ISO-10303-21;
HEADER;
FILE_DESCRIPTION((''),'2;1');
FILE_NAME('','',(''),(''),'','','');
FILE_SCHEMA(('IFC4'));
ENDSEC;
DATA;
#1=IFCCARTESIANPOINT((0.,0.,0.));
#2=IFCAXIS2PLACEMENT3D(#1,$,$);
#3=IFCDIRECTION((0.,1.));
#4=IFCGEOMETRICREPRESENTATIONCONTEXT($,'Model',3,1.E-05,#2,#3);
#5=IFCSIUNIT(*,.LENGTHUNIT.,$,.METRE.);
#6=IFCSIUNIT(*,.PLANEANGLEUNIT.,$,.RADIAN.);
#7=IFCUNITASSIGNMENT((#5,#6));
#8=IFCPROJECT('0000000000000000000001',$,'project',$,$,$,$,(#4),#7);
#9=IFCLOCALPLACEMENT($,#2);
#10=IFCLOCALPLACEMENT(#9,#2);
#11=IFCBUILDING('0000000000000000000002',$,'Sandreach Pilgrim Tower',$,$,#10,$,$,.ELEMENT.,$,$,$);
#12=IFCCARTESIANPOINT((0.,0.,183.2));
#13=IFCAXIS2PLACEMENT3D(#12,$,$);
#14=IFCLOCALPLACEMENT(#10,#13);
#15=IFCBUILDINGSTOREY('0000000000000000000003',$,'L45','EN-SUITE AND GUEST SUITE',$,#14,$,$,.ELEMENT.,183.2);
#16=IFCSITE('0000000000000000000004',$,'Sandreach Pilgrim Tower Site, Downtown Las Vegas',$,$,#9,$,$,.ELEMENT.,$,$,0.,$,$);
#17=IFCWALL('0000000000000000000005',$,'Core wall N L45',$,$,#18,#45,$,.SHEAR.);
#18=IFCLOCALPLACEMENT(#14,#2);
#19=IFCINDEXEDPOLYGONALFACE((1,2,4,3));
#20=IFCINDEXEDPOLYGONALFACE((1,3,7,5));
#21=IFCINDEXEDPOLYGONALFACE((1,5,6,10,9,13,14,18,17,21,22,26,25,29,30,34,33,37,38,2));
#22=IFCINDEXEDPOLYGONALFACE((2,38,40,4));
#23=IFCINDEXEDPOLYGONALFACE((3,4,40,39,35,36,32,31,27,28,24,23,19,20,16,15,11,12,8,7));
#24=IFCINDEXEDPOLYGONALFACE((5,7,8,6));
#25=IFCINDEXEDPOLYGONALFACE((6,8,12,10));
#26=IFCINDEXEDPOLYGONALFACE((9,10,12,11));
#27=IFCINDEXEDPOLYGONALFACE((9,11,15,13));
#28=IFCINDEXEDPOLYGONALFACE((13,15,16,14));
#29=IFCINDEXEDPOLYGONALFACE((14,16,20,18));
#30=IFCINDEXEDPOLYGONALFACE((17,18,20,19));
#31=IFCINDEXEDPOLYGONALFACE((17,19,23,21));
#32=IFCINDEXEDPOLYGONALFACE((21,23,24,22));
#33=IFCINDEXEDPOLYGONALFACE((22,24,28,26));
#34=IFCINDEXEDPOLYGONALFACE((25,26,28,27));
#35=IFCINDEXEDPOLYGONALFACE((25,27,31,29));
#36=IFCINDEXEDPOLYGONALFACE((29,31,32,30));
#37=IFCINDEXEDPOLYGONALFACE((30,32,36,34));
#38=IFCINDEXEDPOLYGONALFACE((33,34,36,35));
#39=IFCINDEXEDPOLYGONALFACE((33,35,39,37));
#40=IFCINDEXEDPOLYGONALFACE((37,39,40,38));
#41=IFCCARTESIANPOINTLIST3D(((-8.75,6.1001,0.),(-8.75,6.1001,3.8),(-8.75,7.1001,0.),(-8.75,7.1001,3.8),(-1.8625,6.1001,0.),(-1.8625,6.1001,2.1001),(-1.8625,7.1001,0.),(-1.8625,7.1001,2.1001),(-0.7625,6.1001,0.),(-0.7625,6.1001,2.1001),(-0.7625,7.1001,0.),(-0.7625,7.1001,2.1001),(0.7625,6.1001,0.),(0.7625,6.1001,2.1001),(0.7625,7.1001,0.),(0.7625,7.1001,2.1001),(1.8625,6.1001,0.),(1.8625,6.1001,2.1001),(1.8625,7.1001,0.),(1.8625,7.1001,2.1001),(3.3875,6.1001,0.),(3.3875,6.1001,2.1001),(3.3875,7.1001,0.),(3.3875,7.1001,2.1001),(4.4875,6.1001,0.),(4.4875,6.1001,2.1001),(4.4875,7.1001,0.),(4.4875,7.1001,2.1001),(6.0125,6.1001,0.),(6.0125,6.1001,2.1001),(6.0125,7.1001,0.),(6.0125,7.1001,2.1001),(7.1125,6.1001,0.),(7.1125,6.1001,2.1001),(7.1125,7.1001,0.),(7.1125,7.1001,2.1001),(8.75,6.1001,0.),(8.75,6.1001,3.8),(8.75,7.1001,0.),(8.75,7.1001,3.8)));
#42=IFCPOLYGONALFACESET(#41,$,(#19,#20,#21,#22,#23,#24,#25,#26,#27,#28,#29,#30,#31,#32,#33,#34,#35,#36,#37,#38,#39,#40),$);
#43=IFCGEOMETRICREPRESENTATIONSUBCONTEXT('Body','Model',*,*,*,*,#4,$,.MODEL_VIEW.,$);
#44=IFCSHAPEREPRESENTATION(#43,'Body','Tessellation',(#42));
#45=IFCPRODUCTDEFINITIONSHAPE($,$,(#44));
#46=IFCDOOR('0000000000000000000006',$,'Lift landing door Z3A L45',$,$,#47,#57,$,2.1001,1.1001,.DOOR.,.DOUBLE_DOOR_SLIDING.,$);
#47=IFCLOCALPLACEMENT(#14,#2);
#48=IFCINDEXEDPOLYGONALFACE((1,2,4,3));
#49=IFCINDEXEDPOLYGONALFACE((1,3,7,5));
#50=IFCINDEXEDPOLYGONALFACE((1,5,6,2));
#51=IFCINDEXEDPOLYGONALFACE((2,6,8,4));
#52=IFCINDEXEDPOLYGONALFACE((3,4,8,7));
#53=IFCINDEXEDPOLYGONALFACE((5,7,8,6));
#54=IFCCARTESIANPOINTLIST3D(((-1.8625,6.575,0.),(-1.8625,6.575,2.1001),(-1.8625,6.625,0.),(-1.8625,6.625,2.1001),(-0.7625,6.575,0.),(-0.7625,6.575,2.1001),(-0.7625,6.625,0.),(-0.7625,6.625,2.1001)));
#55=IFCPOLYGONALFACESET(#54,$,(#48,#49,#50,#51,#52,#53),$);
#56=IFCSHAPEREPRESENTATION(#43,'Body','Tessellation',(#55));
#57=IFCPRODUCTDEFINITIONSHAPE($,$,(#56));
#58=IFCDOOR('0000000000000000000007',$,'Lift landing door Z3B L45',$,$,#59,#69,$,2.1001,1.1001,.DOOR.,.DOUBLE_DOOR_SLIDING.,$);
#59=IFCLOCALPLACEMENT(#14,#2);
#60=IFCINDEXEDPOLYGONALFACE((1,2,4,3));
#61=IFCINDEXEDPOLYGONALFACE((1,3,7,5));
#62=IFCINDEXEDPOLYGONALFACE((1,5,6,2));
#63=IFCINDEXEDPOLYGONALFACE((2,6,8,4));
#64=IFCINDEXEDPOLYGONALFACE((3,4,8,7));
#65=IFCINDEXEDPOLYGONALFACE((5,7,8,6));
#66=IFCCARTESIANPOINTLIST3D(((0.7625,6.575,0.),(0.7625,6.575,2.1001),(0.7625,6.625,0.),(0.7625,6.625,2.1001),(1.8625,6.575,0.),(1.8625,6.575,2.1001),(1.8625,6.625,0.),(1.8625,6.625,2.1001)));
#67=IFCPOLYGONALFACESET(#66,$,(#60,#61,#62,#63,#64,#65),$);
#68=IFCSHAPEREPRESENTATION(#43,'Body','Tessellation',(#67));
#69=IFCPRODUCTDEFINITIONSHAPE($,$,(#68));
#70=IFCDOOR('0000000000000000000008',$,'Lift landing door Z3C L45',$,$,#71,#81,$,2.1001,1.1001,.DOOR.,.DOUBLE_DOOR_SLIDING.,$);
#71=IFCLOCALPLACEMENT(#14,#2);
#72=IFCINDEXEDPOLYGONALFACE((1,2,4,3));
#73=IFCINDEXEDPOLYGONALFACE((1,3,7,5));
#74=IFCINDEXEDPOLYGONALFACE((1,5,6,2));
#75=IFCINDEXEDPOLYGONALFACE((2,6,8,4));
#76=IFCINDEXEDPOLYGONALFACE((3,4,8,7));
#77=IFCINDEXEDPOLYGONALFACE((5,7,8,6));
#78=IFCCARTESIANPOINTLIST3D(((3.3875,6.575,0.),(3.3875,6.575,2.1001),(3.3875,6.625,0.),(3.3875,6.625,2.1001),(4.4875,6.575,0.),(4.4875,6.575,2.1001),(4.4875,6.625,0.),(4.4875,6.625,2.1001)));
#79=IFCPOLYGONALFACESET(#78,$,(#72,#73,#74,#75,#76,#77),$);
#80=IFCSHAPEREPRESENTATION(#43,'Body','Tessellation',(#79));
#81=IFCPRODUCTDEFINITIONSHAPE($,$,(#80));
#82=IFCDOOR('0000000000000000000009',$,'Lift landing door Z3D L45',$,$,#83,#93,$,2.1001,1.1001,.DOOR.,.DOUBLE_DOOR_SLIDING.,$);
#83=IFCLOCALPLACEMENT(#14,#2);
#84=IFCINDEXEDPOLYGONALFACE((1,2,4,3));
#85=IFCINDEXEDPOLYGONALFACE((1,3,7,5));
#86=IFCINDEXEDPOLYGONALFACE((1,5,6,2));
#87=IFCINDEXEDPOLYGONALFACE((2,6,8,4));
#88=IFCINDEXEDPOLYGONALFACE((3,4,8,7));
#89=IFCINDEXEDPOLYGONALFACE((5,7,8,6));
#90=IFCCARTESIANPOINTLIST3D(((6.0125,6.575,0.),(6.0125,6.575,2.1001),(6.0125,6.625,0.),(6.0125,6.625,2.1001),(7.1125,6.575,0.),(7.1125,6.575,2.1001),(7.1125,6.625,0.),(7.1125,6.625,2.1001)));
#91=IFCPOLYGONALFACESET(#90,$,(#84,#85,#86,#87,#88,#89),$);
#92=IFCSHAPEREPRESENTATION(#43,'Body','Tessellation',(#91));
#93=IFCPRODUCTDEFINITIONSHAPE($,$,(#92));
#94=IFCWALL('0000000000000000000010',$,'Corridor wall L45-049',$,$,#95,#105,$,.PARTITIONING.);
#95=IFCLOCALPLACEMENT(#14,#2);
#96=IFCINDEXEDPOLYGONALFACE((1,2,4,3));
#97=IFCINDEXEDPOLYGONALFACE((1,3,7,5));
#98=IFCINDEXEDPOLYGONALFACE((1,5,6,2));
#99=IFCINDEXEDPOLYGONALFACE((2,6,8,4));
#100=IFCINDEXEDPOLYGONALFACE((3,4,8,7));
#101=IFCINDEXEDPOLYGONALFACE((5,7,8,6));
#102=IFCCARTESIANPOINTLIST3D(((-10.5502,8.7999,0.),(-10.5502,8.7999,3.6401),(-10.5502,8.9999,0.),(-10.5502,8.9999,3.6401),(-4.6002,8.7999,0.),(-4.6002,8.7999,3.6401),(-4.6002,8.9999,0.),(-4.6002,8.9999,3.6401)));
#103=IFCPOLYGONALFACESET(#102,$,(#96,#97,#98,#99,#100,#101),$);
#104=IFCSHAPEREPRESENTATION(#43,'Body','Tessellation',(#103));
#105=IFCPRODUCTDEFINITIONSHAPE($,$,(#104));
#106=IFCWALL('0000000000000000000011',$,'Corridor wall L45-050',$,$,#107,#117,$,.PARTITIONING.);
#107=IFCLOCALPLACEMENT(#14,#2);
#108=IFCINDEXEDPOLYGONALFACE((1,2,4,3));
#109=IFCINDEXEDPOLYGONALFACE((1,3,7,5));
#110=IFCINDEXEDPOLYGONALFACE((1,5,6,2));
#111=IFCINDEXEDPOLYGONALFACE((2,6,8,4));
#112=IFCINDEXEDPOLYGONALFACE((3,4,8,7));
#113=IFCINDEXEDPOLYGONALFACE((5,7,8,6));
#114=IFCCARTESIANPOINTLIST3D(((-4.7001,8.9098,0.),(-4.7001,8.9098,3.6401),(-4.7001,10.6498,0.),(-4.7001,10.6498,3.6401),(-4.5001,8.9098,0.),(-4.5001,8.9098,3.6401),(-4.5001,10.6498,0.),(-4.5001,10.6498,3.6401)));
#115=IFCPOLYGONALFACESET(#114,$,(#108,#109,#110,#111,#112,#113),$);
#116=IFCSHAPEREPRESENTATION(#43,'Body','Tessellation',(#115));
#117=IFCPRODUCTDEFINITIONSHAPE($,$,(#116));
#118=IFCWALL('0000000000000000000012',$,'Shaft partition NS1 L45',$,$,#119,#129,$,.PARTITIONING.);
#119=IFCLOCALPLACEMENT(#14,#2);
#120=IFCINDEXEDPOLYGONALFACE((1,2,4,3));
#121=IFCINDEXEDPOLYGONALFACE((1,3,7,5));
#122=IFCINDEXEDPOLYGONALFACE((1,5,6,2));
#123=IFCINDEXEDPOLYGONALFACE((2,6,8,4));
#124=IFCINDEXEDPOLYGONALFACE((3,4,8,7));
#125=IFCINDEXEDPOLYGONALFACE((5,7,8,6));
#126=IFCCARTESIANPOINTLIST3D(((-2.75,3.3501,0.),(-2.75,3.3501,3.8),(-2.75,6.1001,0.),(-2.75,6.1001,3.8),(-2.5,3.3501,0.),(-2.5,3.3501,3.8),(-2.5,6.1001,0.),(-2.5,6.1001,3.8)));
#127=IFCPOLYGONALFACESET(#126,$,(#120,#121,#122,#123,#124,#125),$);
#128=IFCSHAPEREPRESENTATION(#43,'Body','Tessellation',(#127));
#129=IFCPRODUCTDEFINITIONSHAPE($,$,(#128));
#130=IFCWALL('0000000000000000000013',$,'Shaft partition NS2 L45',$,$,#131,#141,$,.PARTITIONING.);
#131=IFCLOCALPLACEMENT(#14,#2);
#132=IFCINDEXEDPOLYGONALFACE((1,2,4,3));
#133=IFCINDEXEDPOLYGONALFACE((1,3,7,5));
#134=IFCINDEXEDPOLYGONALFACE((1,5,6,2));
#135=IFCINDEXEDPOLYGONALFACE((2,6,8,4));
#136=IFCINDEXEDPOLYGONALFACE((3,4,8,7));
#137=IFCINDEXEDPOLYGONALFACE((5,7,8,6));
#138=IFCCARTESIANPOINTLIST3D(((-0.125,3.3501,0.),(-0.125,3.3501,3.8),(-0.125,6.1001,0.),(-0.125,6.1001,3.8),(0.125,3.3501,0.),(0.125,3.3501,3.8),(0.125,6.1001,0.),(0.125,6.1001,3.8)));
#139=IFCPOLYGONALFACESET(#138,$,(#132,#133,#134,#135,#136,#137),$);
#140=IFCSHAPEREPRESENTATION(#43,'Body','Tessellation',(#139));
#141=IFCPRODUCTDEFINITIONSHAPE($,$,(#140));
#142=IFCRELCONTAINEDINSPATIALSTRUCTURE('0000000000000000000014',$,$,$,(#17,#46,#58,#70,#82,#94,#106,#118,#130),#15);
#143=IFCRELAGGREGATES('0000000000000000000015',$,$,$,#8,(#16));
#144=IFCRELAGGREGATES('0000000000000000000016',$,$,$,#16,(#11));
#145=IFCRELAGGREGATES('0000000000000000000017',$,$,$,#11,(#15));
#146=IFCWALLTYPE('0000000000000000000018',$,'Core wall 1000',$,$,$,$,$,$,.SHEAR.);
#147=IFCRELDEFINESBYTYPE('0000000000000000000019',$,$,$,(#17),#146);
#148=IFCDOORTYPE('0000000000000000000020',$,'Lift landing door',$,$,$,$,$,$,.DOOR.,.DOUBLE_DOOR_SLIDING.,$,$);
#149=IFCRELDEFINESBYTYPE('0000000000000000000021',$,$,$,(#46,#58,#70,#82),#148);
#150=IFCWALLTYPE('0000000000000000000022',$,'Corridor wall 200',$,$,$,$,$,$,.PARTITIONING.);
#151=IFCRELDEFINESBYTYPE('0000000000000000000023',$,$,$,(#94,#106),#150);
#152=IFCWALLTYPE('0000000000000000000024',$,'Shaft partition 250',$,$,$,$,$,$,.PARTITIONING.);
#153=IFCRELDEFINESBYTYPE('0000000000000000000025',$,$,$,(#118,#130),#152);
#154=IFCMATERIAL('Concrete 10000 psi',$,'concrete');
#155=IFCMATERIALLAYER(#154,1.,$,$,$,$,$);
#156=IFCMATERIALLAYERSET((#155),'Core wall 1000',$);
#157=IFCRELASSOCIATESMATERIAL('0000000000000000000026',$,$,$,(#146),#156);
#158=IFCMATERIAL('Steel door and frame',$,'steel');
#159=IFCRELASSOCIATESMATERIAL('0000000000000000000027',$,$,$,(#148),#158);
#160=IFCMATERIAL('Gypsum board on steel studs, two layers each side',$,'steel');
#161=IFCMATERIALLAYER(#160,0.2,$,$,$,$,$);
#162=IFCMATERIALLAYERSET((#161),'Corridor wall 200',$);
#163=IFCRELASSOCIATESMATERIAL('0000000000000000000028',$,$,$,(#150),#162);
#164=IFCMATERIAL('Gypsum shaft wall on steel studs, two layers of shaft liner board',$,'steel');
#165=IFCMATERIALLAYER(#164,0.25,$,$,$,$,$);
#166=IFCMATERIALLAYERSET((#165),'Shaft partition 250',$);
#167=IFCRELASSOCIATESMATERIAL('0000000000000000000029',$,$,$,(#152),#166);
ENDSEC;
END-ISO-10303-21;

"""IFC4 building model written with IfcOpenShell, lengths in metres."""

from ifc_helpers import new_model, si_unit, direction, frame, frame_2d, origin, place, context, subcontext, project, spatial, rectangle, extrude, material, layer, layer_set, type_object, element, fill, save


model = new_model("IFC4")

# Units and contexts
model_context = context("Model", 3, precision=1e-05, world=origin(), true_north=direction((0.0, 1.0)))
body_context = subcontext(model_context, "Body", "Model", "MODEL_VIEW")
ifc_project = project(units=[si_unit("LENGTHUNIT", "METRE"), si_unit("PLANEANGLEUNIT", "RADIAN")], contexts=[model_context])

# Site, building, storey
site_placement = place(None, origin())
site = spatial("IfcSite", under=ifc_project, at=site_placement, Name="Sandreach Pilgrim Tower Site, Downtown Las Vegas", CompositionType="ELEMENT", RefElevation=0.0)
building_placement = place(site_placement, origin())
building = spatial("IfcBuilding", under=site, at=building_placement, Name="Sandreach Pilgrim Tower", CompositionType="ELEMENT")
storey_placement = place(building_placement, frame((0.0, 0.0, 183.2)))
storey = spatial("IfcBuildingStorey", under=building, at=storey_placement, Name="L45", Description="EN-SUITE AND GUEST SUITE", CompositionType="ELEMENT", Elevation=183.2)

# Wall, openings, doors
ifc_material_1 = material(Name="Concrete 10000 psi", Category="concrete")
ifc_layer_1 = layer(ifc_material_1, 1.0)
ifc_layer_set_1 = layer_set([ifc_layer_1], Name="Core wall 1000")
wall_type_1 = type_object("IfcWallType", Name="Core wall 1000", PredefinedType="SHEAR", material=ifc_layer_set_1)
wall_1_placement = place(storey_placement, frame((-8.75, 6.6001, 0.0), z_axis=(0.0, 0.0, 1.0), x_axis=(1.0, 0.0, 0.0)))
wall_1 = element("IfcWall", 1, at=wall_1_placement, inside=storey, type_object=wall_type_1, Name="Core wall N L45", PredefinedType="SHEAR", context=body_context, shape_type="SweptSolid", body=[
    extrude(rectangle(XDim=17.5, YDim=1.0, at=frame_2d((8.75, 0.0))), origin(), (0.0, 0.0, 1.0), 3.8),
])
opening_1_placement = place(wall_1_placement, frame((6.8875, 0.0, 0.0)))
opening_1 = element("IfcOpeningElement", 2, at=opening_1_placement, cuts=wall_1, PredefinedType="OPENING", context=body_context, shape_type="SweptSolid", body=[
    extrude(rectangle(XDim=1.1001, YDim=2.1001, at=frame_2d((0.55, 1.05))), frame((0.0, 0.5, 0.0), z_axis=(0.0, -1.0, 0.0), x_axis=(1.0, 0.0, 0.0)), (0.0, 0.0, 1.0), 1.0),
])
opening_2_placement = place(wall_1_placement, frame((9.5125, 0.0, 0.0)))
opening_2 = element("IfcOpeningElement", 3, at=opening_2_placement, cuts=wall_1, PredefinedType="OPENING", context=body_context, shape_type="SweptSolid", body=[
    extrude(rectangle(XDim=1.1001, YDim=2.1001, at=frame_2d((0.55, 1.05))), frame((0.0, 0.5, 0.0), z_axis=(0.0, -1.0, 0.0), x_axis=(1.0, 0.0, 0.0)), (0.0, 0.0, 1.0), 1.0),
])
opening_3_placement = place(wall_1_placement, frame((12.1375, 0.0, 0.0)))
opening_3 = element("IfcOpeningElement", 4, at=opening_3_placement, cuts=wall_1, PredefinedType="OPENING", context=body_context, shape_type="SweptSolid", body=[
    extrude(rectangle(XDim=1.1001, YDim=2.1001, at=frame_2d((0.55, 1.05))), frame((0.0, 0.5, 0.0), z_axis=(0.0, -1.0, 0.0), x_axis=(1.0, 0.0, 0.0)), (0.0, 0.0, 1.0), 1.0),
])
opening_4_placement = place(wall_1_placement, frame((14.7625, 0.0, 0.0)))
opening_4 = element("IfcOpeningElement", 5, at=opening_4_placement, cuts=wall_1, PredefinedType="OPENING", context=body_context, shape_type="SweptSolid", body=[
    extrude(rectangle(XDim=1.1001, YDim=2.1001, at=frame_2d((0.55, 1.05))), frame((0.0, 0.5, 0.0), z_axis=(0.0, -1.0, 0.0), x_axis=(1.0, 0.0, 0.0)), (0.0, 0.0, 1.0), 1.0),
])
ifc_material_2 = material(Name="Steel door and frame", Category="steel")
door_type_1 = type_object("IfcDoorType", Name="Lift landing door", OperationType="DOUBLE_DOOR_SLIDING", PredefinedType="DOOR", material=ifc_material_2)
door_1_placement = place(opening_1_placement, origin())
door_1 = element("IfcDoor", 6, at=door_1_placement, inside=storey, type_object=door_type_1, Name="Lift landing door Z3A L45", OperationType="DOUBLE_DOOR_SLIDING", OverallHeight=2.1001, OverallWidth=1.1001, PredefinedType="DOOR", context=body_context, shape_type="SweptSolid", body=[
    extrude(rectangle(XDim=1.1001, YDim=2.1001, at=frame_2d((0.55, 1.05))), frame((0.0, 0.0249, 0.0), z_axis=(0.0, -1.0, 0.0), x_axis=(1.0, 0.0, 0.0)), (0.0, 0.0, 1.0), 0.05),
])
fill(opening_1, door_1)
door_2_placement = place(opening_2_placement, origin())
door_2 = element("IfcDoor", 7, at=door_2_placement, inside=storey, type_object=door_type_1, Name="Lift landing door Z3B L45", OperationType="DOUBLE_DOOR_SLIDING", OverallHeight=2.1001, OverallWidth=1.1001, PredefinedType="DOOR", context=body_context, shape_type="SweptSolid", body=[
    extrude(rectangle(XDim=1.1001, YDim=2.1001, at=frame_2d((0.55, 1.05))), frame((0.0, 0.0249, 0.0), z_axis=(0.0, -1.0, 0.0), x_axis=(1.0, 0.0, 0.0)), (0.0, 0.0, 1.0), 0.05),
])
fill(opening_2, door_2)
door_3_placement = place(opening_3_placement, origin())
door_3 = element("IfcDoor", 8, at=door_3_placement, inside=storey, type_object=door_type_1, Name="Lift landing door Z3C L45", OperationType="DOUBLE_DOOR_SLIDING", OverallHeight=2.1001, OverallWidth=1.1001, PredefinedType="DOOR", context=body_context, shape_type="SweptSolid", body=[
    extrude(rectangle(XDim=1.1001, YDim=2.1001, at=frame_2d((0.55, 1.05))), frame((0.0, 0.0249, 0.0), z_axis=(0.0, -1.0, 0.0), x_axis=(1.0, 0.0, 0.0)), (0.0, 0.0, 1.0), 0.05),
])
fill(opening_3, door_3)
door_4_placement = place(opening_4_placement, origin())
door_4 = element("IfcDoor", 9, at=door_4_placement, inside=storey, type_object=door_type_1, Name="Lift landing door Z3D L45", OperationType="DOUBLE_DOOR_SLIDING", OverallHeight=2.1001, OverallWidth=1.1001, PredefinedType="DOOR", context=body_context, shape_type="SweptSolid", body=[
    extrude(rectangle(XDim=1.1001, YDim=2.1001, at=frame_2d((0.55, 1.05))), frame((0.0, 0.0249, 0.0), z_axis=(0.0, -1.0, 0.0), x_axis=(1.0, 0.0, 0.0)), (0.0, 0.0, 1.0), 0.05),
])
fill(opening_4, door_4)

# Walls
ifc_material_3 = material(Name="Gypsum board on steel studs, two layers each side", Category="steel")
ifc_layer_2 = layer(ifc_material_3, 0.2)
ifc_layer_set_2 = layer_set([ifc_layer_2], Name="Corridor wall 200")
wall_type_2 = type_object("IfcWallType", Name="Corridor wall 200", PredefinedType="PARTITIONING", material=ifc_layer_set_2)
wall_2_placement = place(storey_placement, frame((-4.6001, 8.8999, 0.0), z_axis=(0.0, 0.0, 1.0), x_axis=(-1.0, 0.0, 0.0)))
element("IfcWall", 10, at=wall_2_placement, inside=storey, type_object=wall_type_2, Name="Corridor wall L45-049", PredefinedType="PARTITIONING", context=body_context, shape_type="SweptSolid", body=[
    extrude(rectangle(XDim=5.95, YDim=0.2, at=frame_2d((2.9751, 0.0))), origin(), (0.0, 0.0, 1.0), 3.6401),
])
wall_3_placement = place(storey_placement, frame((-4.6001, 10.6499, 0.0), z_axis=(0.0, 0.0, 1.0), x_axis=(0.0, -1.0, 0.0)))
element("IfcWall", 11, at=wall_3_placement, inside=storey, type_object=wall_type_2, Name="Corridor wall L45-050", PredefinedType="PARTITIONING", context=body_context, shape_type="SweptSolid", body=[
    extrude(rectangle(XDim=1.74, YDim=0.2, at=frame_2d((0.8701, 0.0))), origin(), (0.0, 0.0, 1.0), 3.6401),
])

# Walls
ifc_material_4 = material(Name="Gypsum shaft wall on steel studs, two layers of shaft liner board", Category="steel")
ifc_layer_3 = layer(ifc_material_4, 0.25)
ifc_layer_set_3 = layer_set([ifc_layer_3], Name="Shaft partition 250")
wall_type_3 = type_object("IfcWallType", Name="Shaft partition 250", PredefinedType="PARTITIONING", material=ifc_layer_set_3)
for number, where, z_axis, x_axis, name in (
    (12, (-2.625, 3.3501, 0.0), (0.0, 0.0, 1.0), (0.0, 1.0, 0.0), "Shaft partition NS1 L45"),
    (13, (0.0, 3.3501, 0.0), (0.0, 0.0, 1.0), (0.0, 1.0, 0.0), "Shaft partition NS2 L45"),
):
    element("IfcWall", number, at=place(storey_placement, frame(where, z_axis=z_axis, x_axis=x_axis)), inside=storey, type_object=wall_type_3, Name=name, PredefinedType="PARTITIONING", context=body_context, shape_type="SweptSolid", body=[
        extrude(rectangle(XDim=2.75, YDim=0.25, at=frame_2d((1.375, 0.0))), origin(), (0.0, 0.0, 1.0), 3.8),
    ])

save(model, "model.ifc")
